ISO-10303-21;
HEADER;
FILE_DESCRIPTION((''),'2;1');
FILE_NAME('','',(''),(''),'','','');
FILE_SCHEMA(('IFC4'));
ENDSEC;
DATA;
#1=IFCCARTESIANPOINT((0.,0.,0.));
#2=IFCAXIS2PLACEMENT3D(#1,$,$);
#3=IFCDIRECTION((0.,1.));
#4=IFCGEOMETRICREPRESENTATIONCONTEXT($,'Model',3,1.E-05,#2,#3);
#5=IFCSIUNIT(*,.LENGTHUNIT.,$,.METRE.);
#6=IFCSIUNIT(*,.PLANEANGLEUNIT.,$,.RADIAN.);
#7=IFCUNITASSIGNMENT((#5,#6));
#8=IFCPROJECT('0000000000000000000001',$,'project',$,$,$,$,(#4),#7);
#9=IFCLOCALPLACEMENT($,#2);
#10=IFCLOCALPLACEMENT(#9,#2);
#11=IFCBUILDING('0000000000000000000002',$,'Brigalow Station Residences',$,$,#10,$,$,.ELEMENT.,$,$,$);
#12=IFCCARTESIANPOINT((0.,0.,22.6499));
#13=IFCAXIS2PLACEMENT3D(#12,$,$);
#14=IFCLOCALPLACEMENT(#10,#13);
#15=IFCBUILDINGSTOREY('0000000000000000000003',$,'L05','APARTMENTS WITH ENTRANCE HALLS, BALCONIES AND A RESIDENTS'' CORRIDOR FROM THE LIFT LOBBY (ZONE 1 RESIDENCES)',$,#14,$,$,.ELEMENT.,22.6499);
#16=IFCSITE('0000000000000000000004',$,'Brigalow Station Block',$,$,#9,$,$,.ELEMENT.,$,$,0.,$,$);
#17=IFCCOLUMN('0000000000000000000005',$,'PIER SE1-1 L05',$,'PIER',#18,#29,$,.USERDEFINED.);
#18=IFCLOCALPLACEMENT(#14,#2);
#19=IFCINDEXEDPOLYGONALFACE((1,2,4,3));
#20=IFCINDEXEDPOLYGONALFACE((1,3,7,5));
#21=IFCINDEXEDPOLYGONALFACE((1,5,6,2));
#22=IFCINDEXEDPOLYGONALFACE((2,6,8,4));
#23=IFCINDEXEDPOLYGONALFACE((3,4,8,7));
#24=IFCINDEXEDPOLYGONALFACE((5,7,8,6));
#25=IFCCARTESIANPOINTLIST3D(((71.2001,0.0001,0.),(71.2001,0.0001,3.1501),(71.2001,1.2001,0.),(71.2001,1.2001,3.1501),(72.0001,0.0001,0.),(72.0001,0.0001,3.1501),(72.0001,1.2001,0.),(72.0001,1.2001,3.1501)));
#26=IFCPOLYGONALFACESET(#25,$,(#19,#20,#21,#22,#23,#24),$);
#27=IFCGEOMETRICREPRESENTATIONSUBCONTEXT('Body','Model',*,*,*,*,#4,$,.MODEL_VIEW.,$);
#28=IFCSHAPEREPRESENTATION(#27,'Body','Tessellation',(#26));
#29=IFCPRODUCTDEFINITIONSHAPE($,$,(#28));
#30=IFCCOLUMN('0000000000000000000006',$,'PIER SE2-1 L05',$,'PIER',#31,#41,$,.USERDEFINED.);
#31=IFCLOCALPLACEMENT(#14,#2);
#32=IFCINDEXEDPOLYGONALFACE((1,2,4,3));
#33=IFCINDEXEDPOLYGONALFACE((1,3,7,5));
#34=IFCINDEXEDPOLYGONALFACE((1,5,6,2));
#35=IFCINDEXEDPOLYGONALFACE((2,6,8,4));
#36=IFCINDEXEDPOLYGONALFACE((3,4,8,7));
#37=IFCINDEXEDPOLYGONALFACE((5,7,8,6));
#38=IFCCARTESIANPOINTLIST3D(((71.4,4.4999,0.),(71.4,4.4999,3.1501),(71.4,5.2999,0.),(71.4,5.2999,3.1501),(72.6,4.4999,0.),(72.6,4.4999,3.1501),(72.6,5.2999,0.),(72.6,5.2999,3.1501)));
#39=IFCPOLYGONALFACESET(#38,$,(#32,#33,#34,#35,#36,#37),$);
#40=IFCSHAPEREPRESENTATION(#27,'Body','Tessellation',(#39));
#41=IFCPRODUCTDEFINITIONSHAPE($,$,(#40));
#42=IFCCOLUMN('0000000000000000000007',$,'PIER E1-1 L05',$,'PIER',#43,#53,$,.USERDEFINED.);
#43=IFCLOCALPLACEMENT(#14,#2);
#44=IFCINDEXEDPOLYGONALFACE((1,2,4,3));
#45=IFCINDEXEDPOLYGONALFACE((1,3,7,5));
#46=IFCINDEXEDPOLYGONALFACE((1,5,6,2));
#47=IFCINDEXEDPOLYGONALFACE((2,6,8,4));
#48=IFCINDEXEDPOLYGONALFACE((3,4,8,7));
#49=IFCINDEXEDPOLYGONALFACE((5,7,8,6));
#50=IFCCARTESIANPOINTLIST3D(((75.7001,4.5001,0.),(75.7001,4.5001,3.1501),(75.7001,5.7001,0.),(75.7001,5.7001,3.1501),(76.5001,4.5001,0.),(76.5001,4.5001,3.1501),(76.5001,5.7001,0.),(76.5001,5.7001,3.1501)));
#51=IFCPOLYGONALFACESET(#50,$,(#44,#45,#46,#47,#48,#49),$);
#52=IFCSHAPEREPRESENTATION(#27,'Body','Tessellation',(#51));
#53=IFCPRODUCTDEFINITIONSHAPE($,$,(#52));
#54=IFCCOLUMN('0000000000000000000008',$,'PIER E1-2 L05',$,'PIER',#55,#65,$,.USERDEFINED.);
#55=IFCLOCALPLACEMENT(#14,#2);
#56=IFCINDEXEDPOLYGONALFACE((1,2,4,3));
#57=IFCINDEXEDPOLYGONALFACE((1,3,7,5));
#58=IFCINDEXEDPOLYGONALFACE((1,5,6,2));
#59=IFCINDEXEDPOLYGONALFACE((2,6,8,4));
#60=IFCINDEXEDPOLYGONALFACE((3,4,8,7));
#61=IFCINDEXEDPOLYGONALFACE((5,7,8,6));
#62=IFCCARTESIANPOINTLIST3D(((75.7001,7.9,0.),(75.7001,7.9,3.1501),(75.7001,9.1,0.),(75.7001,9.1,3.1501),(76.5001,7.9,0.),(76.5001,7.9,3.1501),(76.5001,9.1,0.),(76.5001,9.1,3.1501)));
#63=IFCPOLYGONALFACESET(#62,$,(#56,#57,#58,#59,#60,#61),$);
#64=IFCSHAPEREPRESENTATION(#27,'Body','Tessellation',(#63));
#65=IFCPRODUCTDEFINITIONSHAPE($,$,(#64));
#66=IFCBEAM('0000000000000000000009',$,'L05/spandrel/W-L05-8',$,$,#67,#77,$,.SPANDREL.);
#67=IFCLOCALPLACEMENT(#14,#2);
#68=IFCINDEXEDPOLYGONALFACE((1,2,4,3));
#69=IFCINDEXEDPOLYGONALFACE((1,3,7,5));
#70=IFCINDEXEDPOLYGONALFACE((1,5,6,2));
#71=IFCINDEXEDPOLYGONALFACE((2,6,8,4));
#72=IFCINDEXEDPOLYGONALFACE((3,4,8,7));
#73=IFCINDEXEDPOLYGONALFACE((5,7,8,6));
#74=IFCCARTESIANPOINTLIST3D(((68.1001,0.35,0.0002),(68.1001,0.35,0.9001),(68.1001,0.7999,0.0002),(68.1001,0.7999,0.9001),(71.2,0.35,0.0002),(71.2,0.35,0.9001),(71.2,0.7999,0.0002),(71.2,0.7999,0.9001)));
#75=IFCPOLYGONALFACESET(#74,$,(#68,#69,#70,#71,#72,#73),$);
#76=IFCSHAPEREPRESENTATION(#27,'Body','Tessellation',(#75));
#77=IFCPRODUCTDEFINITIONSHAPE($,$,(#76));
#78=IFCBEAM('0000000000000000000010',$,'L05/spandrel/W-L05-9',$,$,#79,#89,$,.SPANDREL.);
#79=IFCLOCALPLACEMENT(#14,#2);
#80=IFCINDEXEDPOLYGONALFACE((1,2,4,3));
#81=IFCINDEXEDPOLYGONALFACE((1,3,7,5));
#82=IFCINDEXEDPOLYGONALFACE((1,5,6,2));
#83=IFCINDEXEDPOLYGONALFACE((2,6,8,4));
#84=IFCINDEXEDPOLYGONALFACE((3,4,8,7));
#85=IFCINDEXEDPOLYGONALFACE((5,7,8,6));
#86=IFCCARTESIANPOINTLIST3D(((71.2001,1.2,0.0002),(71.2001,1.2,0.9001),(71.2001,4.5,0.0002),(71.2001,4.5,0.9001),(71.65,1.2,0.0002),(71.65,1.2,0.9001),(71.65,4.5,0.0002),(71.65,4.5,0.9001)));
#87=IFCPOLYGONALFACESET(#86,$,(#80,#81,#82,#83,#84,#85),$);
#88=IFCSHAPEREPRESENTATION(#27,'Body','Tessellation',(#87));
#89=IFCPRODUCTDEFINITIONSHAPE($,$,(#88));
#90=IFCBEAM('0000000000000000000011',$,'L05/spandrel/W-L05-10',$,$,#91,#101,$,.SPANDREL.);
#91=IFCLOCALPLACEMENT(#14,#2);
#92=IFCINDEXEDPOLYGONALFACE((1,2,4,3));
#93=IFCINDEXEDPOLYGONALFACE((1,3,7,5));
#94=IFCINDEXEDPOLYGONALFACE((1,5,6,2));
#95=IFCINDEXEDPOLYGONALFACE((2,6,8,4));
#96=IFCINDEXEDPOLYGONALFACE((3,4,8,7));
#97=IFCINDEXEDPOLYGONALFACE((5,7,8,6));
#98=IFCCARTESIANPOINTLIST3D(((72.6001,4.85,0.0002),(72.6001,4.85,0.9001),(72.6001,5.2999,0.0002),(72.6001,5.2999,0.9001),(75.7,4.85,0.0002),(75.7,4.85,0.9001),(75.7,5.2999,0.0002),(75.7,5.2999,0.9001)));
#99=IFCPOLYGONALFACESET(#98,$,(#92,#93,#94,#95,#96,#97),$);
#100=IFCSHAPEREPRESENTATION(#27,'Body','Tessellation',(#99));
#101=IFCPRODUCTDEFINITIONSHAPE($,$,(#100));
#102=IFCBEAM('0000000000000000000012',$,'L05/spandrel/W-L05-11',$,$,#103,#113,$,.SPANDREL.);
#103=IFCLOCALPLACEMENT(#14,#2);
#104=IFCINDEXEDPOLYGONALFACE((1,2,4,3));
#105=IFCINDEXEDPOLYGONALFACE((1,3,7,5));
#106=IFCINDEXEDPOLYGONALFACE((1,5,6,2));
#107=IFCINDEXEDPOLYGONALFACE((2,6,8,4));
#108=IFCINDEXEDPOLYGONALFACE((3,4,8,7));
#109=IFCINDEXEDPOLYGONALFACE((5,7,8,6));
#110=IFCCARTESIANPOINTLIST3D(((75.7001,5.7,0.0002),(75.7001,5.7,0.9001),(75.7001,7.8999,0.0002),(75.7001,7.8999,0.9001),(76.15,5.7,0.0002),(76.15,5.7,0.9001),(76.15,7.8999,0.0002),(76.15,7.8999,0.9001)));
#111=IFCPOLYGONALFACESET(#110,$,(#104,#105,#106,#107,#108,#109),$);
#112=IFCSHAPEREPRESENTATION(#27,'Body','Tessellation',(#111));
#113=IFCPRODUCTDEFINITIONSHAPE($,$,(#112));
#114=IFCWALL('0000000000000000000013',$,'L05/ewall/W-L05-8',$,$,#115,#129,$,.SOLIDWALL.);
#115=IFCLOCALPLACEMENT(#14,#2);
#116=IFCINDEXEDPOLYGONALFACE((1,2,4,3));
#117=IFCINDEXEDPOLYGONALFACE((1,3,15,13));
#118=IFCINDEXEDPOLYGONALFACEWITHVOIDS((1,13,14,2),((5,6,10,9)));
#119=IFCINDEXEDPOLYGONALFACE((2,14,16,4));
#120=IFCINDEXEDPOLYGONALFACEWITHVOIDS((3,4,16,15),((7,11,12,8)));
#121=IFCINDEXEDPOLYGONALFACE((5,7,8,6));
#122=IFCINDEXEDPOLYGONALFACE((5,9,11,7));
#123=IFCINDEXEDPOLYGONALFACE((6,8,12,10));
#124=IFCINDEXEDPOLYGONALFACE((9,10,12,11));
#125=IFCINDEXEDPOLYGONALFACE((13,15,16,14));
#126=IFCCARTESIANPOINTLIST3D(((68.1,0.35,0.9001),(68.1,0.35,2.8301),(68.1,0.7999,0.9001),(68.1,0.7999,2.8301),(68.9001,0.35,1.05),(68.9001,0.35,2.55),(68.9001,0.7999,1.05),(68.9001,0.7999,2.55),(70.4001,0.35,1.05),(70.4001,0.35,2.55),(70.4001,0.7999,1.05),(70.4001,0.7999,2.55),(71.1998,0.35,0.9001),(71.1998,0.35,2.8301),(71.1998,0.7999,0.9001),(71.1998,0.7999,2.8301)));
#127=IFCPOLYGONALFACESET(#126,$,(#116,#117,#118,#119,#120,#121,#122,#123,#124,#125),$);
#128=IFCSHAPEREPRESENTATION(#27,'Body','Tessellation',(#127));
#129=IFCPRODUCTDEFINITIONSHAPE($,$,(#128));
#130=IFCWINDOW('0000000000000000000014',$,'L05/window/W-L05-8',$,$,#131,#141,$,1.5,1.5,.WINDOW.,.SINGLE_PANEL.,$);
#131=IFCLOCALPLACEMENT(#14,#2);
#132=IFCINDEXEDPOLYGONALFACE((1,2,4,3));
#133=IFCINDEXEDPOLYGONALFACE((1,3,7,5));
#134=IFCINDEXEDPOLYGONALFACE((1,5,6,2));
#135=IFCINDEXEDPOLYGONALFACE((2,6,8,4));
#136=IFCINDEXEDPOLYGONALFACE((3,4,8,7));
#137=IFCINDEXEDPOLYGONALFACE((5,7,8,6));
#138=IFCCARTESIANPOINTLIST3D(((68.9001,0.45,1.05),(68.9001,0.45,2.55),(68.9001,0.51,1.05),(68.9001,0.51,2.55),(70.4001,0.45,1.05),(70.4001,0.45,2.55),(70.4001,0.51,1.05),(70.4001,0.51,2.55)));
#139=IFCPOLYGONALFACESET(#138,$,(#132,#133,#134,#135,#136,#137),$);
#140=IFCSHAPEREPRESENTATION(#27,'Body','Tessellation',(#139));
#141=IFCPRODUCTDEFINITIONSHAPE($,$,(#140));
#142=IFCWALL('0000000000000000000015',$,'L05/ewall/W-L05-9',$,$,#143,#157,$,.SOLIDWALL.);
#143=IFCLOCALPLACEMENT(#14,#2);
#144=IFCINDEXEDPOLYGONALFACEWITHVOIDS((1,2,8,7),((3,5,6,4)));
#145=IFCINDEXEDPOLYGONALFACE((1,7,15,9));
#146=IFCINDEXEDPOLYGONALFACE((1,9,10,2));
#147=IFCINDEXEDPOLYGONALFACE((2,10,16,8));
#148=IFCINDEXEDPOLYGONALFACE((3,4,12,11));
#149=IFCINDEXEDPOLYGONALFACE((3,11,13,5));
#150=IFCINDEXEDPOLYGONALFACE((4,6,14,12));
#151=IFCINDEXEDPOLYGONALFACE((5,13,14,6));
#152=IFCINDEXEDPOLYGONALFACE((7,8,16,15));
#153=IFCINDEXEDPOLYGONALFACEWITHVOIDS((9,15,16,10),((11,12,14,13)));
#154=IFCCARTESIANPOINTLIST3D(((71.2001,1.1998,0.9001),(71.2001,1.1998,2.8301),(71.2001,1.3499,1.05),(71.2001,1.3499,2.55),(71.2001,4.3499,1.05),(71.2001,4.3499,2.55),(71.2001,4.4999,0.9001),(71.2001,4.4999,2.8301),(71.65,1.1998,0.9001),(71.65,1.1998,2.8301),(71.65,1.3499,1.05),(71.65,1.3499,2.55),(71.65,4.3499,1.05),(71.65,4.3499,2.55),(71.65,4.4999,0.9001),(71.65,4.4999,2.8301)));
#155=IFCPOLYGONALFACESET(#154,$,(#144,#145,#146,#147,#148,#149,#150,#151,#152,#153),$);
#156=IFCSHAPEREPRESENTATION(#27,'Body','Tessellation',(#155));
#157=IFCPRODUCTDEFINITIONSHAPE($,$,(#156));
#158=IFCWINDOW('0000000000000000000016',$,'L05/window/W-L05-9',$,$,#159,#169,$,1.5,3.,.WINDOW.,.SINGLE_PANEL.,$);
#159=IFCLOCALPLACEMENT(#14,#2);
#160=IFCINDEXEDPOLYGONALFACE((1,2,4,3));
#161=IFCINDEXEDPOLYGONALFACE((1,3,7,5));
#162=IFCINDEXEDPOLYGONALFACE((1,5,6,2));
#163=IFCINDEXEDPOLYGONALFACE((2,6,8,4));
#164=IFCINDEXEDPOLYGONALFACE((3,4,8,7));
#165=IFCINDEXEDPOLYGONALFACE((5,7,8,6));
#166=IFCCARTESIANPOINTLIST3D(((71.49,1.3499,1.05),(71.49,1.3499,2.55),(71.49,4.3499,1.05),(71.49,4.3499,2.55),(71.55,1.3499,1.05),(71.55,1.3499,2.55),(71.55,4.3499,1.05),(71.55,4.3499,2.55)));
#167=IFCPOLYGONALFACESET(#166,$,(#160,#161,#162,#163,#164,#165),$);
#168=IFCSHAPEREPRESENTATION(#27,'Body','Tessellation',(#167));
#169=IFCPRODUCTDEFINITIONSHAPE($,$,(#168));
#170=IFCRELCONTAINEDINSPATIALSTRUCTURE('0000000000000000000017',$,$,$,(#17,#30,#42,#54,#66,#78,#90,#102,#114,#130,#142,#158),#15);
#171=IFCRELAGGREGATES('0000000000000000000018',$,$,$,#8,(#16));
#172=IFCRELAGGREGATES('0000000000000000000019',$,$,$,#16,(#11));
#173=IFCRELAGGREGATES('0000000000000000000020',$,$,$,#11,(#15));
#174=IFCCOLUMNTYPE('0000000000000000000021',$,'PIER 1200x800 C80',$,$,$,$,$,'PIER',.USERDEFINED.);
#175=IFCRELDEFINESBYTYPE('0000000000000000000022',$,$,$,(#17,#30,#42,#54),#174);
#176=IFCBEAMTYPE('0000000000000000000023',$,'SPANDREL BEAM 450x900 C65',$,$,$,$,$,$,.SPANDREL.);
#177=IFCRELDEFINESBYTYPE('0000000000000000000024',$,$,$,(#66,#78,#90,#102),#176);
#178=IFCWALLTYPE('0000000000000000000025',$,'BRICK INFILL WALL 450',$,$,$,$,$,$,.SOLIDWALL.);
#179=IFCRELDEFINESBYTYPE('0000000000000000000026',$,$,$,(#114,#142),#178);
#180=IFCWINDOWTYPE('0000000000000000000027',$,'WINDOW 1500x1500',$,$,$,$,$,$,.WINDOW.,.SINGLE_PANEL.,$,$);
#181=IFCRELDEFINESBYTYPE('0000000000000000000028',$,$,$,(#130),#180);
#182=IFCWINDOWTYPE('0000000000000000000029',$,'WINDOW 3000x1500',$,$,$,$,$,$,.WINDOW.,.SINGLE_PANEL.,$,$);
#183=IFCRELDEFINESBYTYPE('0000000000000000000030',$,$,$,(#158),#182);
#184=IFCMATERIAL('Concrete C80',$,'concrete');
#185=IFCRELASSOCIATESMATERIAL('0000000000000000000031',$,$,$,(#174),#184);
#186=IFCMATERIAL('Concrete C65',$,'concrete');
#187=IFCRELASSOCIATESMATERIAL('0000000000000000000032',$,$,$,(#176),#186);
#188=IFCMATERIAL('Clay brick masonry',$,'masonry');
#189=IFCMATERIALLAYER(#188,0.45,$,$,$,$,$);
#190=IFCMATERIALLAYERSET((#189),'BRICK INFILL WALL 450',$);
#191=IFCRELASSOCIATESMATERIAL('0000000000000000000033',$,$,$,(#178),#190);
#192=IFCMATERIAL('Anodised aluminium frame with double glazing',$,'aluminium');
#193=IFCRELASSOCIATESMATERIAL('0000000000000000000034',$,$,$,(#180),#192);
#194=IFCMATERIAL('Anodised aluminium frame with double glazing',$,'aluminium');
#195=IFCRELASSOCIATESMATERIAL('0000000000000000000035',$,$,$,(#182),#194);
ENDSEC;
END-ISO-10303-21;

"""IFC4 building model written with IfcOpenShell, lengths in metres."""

from ifc_helpers import new_model, si_unit, direction, frame, frame_2d, origin, origin_2d, place, context, subcontext, project, spatial, rectangle, extrude, material, layer, layer_set, material_profile, profile_set, type_object, element, fill, save


model = new_model("IFC4")

# Units and contexts
model_context = context("Model", 3, precision=1e-05, world=origin(), true_north=direction((0.0, 1.0)))
body_context = subcontext(model_context, "Body", "Model", "MODEL_VIEW")
ifc_project = project(units=[si_unit("LENGTHUNIT", "METRE"), si_unit("PLANEANGLEUNIT", "RADIAN")], contexts=[model_context])

# Site, building, storey
site_placement = place(None, origin())
site = spatial("IfcSite", under=ifc_project, at=site_placement, Name="Brigalow Station Block", CompositionType="ELEMENT", RefElevation=0.0)
building_placement = place(site_placement, origin())
building = spatial("IfcBuilding", under=site, at=building_placement, Name="Brigalow Station Residences", CompositionType="ELEMENT")
storey_placement = place(building_placement, frame((0.0, 0.0, 22.6499)))
storey = spatial("IfcBuildingStorey", under=building, at=storey_placement, Name="L05", Description="APARTMENTS WITH ENTRANCE HALLS, BALCONIES AND A RESIDENTS' CORRIDOR FROM THE LIFT LOBBY (ZONE 1 RESIDENCES)", CompositionType="ELEMENT", Elevation=22.6499)

# Columns
ifc_material_1 = material(Name="Concrete C80", Category="concrete")
ifc_material_profile_1 = material_profile(ifc_material_1, rectangle(XDim=1.2, YDim=0.8, at=origin_2d()), Name="RC1200x800")
ifc_profile_set_1 = profile_set([ifc_material_profile_1], Name="Concrete C80")
column_type = type_object("IfcColumnType", Name="PIER 1200x800 C80", ElementType="PIER", PredefinedType="USERDEFINED", material=ifc_profile_set_1)
for number, where, z_axis, x_axis, name in (
    (1, (71.6001, 0.6001, 0.0), (0.0, 0.0, 1.0), (0.0, 1.0, 0.0), "PIER SE1-1 L05"),
    (2, (72.0, 4.8999, 0.0), (0.0, 0.0, 1.0), (1.0, 0.0, 0.0), "PIER SE2-1 L05"),
    (3, (76.1001, 5.1001, 0.0), (0.0, 0.0, 1.0), (0.0, 1.0, 0.0), "PIER E1-1 L05"),
    (4, (76.1001, 8.5, 0.0), (0.0, 0.0, 1.0), (0.0, 1.0, 0.0), "PIER E1-2 L05"),
):
    element("IfcColumn", number, at=place(storey_placement, frame(where, z_axis=z_axis, x_axis=x_axis)), inside=storey, type_object=column_type, Name=name, ObjectType="PIER", PredefinedType="USERDEFINED", context=body_context, shape_type="SweptSolid", body=[
        extrude(rectangle(XDim=1.2, YDim=0.8, at=origin_2d()), origin(), (0.0, 0.0, 1.0), 3.1501),
    ])

# Beams
ifc_material_2 = material(Name="Concrete C65", Category="concrete")
ifc_material_profile_2 = material_profile(ifc_material_2, rectangle(XDim=0.45, YDim=0.8999, at=origin_2d()), Name="RC450x900")
ifc_profile_set_2 = profile_set([ifc_material_profile_2], Name="Concrete C65")
beam_type = type_object("IfcBeamType", Name="SPANDREL BEAM 450x900 C65", PredefinedType="SPANDREL", material=ifc_profile_set_2)
beam_1_placement = place(storey_placement, frame((68.1001, 0.575, 0.4502), z_axis=(1.0, 0.0, 0.0), x_axis=(0.0, 1.0, 0.0)))
element("IfcBeam", 5, at=beam_1_placement, inside=storey, type_object=beam_type, Name="L05/spandrel/W-L05-8", PredefinedType="SPANDREL", context=body_context, shape_type="SweptSolid", body=[
    extrude(rectangle(XDim=0.45, YDim=0.8999, at=origin_2d()), origin(), (0.0, 0.0, 1.0), 3.0999),
])
beam_2_placement = place(storey_placement, frame((71.425, 1.2, 0.4502), z_axis=(0.0, 1.0, 0.0), x_axis=(-1.0, 0.0, 0.0)))
element("IfcBeam", 6, at=beam_2_placement, inside=storey, type_object=beam_type, Name="L05/spandrel/W-L05-9", PredefinedType="SPANDREL", context=body_context, shape_type="SweptSolid", body=[
    extrude(rectangle(XDim=0.45, YDim=0.8999, at=origin_2d()), origin(), (0.0, 0.0, 1.0), 3.3),
])
beam_3_placement = place(storey_placement, frame((72.6001, 5.075, 0.4502), z_axis=(1.0, 0.0, 0.0), x_axis=(0.0, 1.0, 0.0)))
element("IfcBeam", 7, at=beam_3_placement, inside=storey, type_object=beam_type, Name="L05/spandrel/W-L05-10", PredefinedType="SPANDREL", context=body_context, shape_type="SweptSolid", body=[
    extrude(rectangle(XDim=0.45, YDim=0.8999, at=origin_2d()), origin(), (0.0, 0.0, 1.0), 3.0999),
])
beam_4_placement = place(storey_placement, frame((75.925, 5.7, 0.4502), z_axis=(0.0, 1.0, 0.0), x_axis=(-1.0, 0.0, 0.0)))
element("IfcBeam", 8, at=beam_4_placement, inside=storey, type_object=beam_type, Name="L05/spandrel/W-L05-11", PredefinedType="SPANDREL", context=body_context, shape_type="SweptSolid", body=[
    extrude(rectangle(XDim=0.45, YDim=0.8999, at=origin_2d()), origin(), (0.0, 0.0, 1.0), 2.2),
])

# Walls, openings, windows
ifc_material_3 = material(Name="Clay brick masonry", Category="masonry")
ifc_layer_1 = layer(ifc_material_3, 0.45)
ifc_layer_set_1 = layer_set([ifc_layer_1], Name="BRICK INFILL WALL 450")
wall_type_1 = type_object("IfcWallType", Name="BRICK INFILL WALL 450", PredefinedType="SOLIDWALL", material=ifc_layer_set_1)
wall_1_placement = place(storey_placement, frame((68.1001, 0.575, 0.9001), z_axis=(0.0, 0.0, 1.0), x_axis=(1.0, 0.0, 0.0)))
wall_1 = element("IfcWall", 9, at=wall_1_placement, inside=storey, type_object=wall_type_1, Name="L05/ewall/W-L05-8", PredefinedType="SOLIDWALL", context=body_context, shape_type="SweptSolid", body=[
    extrude(rectangle(XDim=3.0999, YDim=0.45, at=frame_2d((1.5498, 0.0))), origin(), (0.0, 0.0, 1.0), 1.9299),
])
opening_1_placement = place(wall_1_placement, frame((0.8, 0.0, 0.1499)))
opening_1 = element("IfcOpeningElement", 10, at=opening_1_placement, cuts=wall_1, PredefinedType="OPENING", context=body_context, shape_type="SweptSolid", body=[
    extrude(rectangle(XDim=1.5, YDim=1.5, at=frame_2d((0.75, 0.75))), frame((0.0, 0.2349, 0.0), z_axis=(0.0, -1.0, 0.0), x_axis=(1.0, 0.0, 0.0)), (0.0, 0.0, 1.0), 0.47),
])
ifc_material_4 = material(Name="Anodised aluminium frame with double glazing", Category="aluminium")
window_type_1 = type_object("IfcWindowType", Name="WINDOW 1500x1500", PartitioningType="SINGLE_PANEL", PredefinedType="WINDOW", material=ifc_material_4)
window_1_placement = place(opening_1_placement, origin())
window_1 = element("IfcWindow", 11, at=window_1_placement, inside=storey, type_object=window_type_1, Name="L05/window/W-L05-8", OverallHeight=1.5, OverallWidth=1.5, PartitioningType="SINGLE_PANEL", PredefinedType="WINDOW", context=body_context, shape_type="SweptSolid", body=[
    extrude(rectangle(XDim=1.5, YDim=1.5, at=frame_2d((0.75, 0.75))), frame((0.0, -0.0649, 0.0), z_axis=(0.0, -1.0, 0.0), x_axis=(1.0, 0.0, 0.0)), (0.0, 0.0, 1.0), 0.0601),
])
fill(opening_1, window_1)
wall_2_placement = place(storey_placement, frame((71.425, 1.2, 0.9001), z_axis=(0.0, 0.0, 1.0), x_axis=(0.0, 1.0, 0.0)))
wall_2 = element("IfcWall", 12, at=wall_2_placement, inside=storey, type_object=wall_type_1, Name="L05/ewall/W-L05-9", PredefinedType="SOLIDWALL", context=body_context, shape_type="SweptSolid", body=[
    extrude(rectangle(XDim=3.3, YDim=0.45, at=frame_2d((1.6499, 0.0))), origin(), (0.0, 0.0, 1.0), 1.9299),
])
opening_2_placement = place(wall_2_placement, frame((0.1499, 0.0, 0.1499)))
opening_2 = element("IfcOpeningElement", 13, at=opening_2_placement, cuts=wall_2, PredefinedType="OPENING", context=body_context, shape_type="SweptSolid", body=[
    extrude(rectangle(XDim=3.0, YDim=1.5, at=frame_2d((1.5, 0.75))), frame((0.0, 0.2349, 0.0), z_axis=(0.0, -1.0, 0.0), x_axis=(1.0, 0.0, 0.0)), (0.0, 0.0, 1.0), 0.47),
])
ifc_material_5 = material(Name="Anodised aluminium frame with double glazing", Category="aluminium")
window_type_2 = type_object("IfcWindowType", Name="WINDOW 3000x1500", PartitioningType="SINGLE_PANEL", PredefinedType="WINDOW", material=ifc_material_5)
window_2_placement = place(opening_2_placement, origin())
window_2 = element("IfcWindow", 14, at=window_2_placement, inside=storey, type_object=window_type_2, Name="L05/window/W-L05-9", OverallHeight=1.5, OverallWidth=3.0, PartitioningType="SINGLE_PANEL", PredefinedType="WINDOW", context=body_context, shape_type="SweptSolid", body=[
    extrude(rectangle(XDim=3.0, YDim=1.5, at=frame_2d((1.5, 0.75))), frame((0.0, -0.0649, 0.0), z_axis=(0.0, -1.0, 0.0), x_axis=(1.0, 0.0, 0.0)), (0.0, 0.0, 1.0), 0.0601),
])
fill(opening_2, window_2)

save(model, "model.ifc")
